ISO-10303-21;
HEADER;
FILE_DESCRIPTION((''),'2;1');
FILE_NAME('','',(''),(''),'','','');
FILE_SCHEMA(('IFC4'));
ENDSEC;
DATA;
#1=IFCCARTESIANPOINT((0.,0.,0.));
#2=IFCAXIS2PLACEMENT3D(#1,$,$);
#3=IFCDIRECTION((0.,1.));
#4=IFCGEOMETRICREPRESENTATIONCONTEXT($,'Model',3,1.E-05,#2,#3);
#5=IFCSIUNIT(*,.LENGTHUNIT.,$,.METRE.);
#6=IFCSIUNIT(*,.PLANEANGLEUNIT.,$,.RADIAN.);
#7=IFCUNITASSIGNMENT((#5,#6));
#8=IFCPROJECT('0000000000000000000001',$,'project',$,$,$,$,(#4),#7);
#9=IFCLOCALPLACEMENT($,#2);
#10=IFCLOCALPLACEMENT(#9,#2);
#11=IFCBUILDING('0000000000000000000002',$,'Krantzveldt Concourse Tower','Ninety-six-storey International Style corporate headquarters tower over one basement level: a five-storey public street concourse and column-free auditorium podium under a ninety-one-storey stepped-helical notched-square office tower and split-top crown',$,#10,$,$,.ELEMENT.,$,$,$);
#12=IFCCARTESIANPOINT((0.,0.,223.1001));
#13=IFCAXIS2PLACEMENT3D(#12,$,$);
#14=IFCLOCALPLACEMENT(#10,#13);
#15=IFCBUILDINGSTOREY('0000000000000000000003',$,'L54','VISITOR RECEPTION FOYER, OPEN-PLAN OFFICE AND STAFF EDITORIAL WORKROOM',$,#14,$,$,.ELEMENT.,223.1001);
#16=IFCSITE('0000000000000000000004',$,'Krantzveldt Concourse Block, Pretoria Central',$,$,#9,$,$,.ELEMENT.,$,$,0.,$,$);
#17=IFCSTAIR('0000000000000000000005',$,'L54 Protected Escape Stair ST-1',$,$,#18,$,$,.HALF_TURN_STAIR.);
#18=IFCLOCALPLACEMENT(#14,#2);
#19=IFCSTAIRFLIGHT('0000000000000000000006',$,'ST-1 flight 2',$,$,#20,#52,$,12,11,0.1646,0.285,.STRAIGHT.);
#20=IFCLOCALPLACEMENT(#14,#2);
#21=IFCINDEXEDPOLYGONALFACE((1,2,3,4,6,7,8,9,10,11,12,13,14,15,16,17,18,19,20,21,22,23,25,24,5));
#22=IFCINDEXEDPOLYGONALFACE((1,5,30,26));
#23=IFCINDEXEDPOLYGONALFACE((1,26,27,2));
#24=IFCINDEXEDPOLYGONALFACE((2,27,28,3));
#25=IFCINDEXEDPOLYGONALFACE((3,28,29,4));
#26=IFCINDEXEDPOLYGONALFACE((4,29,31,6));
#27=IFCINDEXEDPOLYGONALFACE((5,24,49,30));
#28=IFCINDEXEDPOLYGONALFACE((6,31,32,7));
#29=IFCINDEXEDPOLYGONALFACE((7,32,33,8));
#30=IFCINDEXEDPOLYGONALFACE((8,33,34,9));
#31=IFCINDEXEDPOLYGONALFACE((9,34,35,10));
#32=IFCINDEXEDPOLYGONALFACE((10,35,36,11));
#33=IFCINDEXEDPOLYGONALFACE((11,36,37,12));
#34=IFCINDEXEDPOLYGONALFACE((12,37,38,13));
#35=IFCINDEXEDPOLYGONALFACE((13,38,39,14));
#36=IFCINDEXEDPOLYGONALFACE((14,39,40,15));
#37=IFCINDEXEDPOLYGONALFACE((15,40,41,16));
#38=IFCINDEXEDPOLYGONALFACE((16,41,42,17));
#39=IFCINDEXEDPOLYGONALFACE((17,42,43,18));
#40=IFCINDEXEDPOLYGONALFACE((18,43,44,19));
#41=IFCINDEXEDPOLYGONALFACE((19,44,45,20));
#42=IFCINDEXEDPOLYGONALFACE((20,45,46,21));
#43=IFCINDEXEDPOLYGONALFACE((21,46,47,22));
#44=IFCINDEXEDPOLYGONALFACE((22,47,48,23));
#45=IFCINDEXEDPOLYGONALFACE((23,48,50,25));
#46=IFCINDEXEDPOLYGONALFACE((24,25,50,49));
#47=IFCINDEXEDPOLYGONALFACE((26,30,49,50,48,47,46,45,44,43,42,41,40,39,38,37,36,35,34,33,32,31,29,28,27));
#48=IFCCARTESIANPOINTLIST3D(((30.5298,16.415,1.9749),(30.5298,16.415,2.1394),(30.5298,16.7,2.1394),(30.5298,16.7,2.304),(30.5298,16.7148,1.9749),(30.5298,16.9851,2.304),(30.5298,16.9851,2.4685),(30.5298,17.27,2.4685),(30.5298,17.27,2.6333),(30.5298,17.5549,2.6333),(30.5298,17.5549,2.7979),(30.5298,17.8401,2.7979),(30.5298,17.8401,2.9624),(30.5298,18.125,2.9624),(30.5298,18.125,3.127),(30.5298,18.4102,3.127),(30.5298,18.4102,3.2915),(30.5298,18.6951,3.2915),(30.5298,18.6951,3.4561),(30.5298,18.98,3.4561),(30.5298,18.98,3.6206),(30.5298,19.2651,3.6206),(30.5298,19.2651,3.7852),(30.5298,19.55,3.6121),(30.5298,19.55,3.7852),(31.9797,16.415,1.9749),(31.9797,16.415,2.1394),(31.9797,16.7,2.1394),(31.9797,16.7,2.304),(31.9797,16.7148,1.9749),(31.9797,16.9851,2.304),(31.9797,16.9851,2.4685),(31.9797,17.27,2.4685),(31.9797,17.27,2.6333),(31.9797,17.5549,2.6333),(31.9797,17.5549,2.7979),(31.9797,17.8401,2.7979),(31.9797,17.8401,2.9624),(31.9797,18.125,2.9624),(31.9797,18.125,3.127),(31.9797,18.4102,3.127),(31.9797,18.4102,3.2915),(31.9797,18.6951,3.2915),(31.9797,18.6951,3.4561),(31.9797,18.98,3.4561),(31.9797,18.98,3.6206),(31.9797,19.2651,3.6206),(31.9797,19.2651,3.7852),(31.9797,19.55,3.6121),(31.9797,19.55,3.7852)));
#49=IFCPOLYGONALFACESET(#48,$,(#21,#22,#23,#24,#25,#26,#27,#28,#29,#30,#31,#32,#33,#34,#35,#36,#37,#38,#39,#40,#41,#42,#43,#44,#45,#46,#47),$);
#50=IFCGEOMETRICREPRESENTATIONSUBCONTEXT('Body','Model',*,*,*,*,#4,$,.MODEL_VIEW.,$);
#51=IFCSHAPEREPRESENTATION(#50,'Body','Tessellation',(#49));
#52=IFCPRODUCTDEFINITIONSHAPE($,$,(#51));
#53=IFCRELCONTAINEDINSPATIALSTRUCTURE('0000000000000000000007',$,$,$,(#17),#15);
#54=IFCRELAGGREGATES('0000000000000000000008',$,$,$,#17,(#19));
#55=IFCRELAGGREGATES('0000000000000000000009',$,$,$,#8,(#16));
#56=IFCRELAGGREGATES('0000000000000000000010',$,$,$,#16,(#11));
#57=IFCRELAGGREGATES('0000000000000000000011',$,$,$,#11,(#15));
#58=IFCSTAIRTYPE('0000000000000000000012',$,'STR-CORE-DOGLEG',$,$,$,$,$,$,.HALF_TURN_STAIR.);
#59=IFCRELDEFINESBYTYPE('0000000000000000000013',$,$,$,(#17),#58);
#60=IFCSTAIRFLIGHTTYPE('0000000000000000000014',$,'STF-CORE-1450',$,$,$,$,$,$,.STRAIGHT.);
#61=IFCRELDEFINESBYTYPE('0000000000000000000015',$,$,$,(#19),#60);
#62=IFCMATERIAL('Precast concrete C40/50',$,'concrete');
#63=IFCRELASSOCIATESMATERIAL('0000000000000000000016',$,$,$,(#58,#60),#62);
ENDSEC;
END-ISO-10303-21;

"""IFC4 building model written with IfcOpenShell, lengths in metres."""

from ifc_helpers import new_model, si_unit, direction, frame, origin, place, context, subcontext, project, spatial, polyline, outline, extrude, material, type_object, element, aggregate, save


model = new_model("IFC4")

# Units and contexts
model_context = context("Model", 3, precision=1e-05, world=origin(), true_north=direction((0.0, 1.0)))
body_context = subcontext(model_context, "Body", "Model", "MODEL_VIEW")
ifc_project = project(units=[si_unit("LENGTHUNIT", "METRE"), si_unit("PLANEANGLEUNIT", "RADIAN")], contexts=[model_context])

# Site, building, storey
site_placement = place(None, origin())
site = spatial("IfcSite", under=ifc_project, at=site_placement, Name="Krantzveldt Concourse Block, Pretoria Central", CompositionType="ELEMENT", RefElevation=0.0)
building_placement = place(site_placement, origin())
building = spatial("IfcBuilding", under=site, at=building_placement, Name="Krantzveldt Concourse Tower", Description="Ninety-six-storey International Style corporate headquarters tower over one basement level: a five-storey public street concourse and column-free auditorium podium under a ninety-one-storey stepped-helical notched-square office tower and split-top crown", CompositionType="ELEMENT")
storey_placement = place(building_placement, frame((0.0, 0.0, 223.1001)))
storey = spatial("IfcBuildingStorey", under=building, at=storey_placement, Name="L54", Description="VISITOR RECEPTION FOYER, OPEN-PLAN OFFICE AND STAFF EDITORIAL WORKROOM", CompositionType="ELEMENT", Elevation=223.1001)

# Stair, stair flight
ifc_material_1 = material(Name="Precast concrete C40/50", Category="concrete")
stair_type = type_object("IfcStairType", Name="STR-CORE-DOGLEG", PredefinedType="HALF_TURN_STAIR", material=ifc_material_1)
stair_placement = place(storey_placement, origin())
stair = element("IfcStair", 1, at=stair_placement, inside=storey, type_object=stair_type, Name="L54 Protected Escape Stair ST-1", PredefinedType="HALF_TURN_STAIR")
stair_flight_type = type_object("IfcStairFlightType", Name="STF-CORE-1450", PredefinedType="STRAIGHT", material=ifc_material_1)
stair_flight_1_placement = place(storey_placement, frame((31.2549, 16.415, 1.9749), z_axis=(0.0, 0.0, 1.0), x_axis=(0.0, 1.0, 0.0)))
stair_flight_1 = element("IfcStairFlight", 2, at=stair_flight_1_placement, type_object=stair_flight_type, Name="ST-1 flight 2", NumberOfRisers=12, NumberOfTreads=11, PredefinedType="STRAIGHT", RiserHeight=0.1646, TreadLength=0.285, context=body_context, shape_type="SweptSolid", body=[
    extrude(outline(polyline([(0.0, 0.0), (0.0, 0.1646), (0.2849, 0.1646), (0.2849, 0.3291), (0.5701, 0.3291), (0.5701, 0.4937), (0.855, 0.4937), (0.855, 0.6584), (1.1399, 0.6584), (1.1399, 0.823), (1.425, 0.823), (1.425, 0.9875), (1.71, 0.9875), (1.71, 1.1521), (1.9951, 1.1521), (1.9951, 1.3167), (2.28, 1.3167), (2.28, 1.4812), (2.5649, 1.4812), (2.5649, 1.6458), (2.8501, 1.6458), (2.8501, 1.8103), (3.135, 1.8103), (3.135, 1.9751), (3.135, 1.6372), (0.2998, 0.0), (0.0, 0.0)])), frame((0.0, 0.7251, 0.0), z_axis=(0.0, -1.0, 0.0), x_axis=(1.0, 0.0, 0.0)), (0.0, 0.0, 1.0), 1.45),
])
aggregate(stair, [stair_flight_1])

save(model, "model.ifc")
